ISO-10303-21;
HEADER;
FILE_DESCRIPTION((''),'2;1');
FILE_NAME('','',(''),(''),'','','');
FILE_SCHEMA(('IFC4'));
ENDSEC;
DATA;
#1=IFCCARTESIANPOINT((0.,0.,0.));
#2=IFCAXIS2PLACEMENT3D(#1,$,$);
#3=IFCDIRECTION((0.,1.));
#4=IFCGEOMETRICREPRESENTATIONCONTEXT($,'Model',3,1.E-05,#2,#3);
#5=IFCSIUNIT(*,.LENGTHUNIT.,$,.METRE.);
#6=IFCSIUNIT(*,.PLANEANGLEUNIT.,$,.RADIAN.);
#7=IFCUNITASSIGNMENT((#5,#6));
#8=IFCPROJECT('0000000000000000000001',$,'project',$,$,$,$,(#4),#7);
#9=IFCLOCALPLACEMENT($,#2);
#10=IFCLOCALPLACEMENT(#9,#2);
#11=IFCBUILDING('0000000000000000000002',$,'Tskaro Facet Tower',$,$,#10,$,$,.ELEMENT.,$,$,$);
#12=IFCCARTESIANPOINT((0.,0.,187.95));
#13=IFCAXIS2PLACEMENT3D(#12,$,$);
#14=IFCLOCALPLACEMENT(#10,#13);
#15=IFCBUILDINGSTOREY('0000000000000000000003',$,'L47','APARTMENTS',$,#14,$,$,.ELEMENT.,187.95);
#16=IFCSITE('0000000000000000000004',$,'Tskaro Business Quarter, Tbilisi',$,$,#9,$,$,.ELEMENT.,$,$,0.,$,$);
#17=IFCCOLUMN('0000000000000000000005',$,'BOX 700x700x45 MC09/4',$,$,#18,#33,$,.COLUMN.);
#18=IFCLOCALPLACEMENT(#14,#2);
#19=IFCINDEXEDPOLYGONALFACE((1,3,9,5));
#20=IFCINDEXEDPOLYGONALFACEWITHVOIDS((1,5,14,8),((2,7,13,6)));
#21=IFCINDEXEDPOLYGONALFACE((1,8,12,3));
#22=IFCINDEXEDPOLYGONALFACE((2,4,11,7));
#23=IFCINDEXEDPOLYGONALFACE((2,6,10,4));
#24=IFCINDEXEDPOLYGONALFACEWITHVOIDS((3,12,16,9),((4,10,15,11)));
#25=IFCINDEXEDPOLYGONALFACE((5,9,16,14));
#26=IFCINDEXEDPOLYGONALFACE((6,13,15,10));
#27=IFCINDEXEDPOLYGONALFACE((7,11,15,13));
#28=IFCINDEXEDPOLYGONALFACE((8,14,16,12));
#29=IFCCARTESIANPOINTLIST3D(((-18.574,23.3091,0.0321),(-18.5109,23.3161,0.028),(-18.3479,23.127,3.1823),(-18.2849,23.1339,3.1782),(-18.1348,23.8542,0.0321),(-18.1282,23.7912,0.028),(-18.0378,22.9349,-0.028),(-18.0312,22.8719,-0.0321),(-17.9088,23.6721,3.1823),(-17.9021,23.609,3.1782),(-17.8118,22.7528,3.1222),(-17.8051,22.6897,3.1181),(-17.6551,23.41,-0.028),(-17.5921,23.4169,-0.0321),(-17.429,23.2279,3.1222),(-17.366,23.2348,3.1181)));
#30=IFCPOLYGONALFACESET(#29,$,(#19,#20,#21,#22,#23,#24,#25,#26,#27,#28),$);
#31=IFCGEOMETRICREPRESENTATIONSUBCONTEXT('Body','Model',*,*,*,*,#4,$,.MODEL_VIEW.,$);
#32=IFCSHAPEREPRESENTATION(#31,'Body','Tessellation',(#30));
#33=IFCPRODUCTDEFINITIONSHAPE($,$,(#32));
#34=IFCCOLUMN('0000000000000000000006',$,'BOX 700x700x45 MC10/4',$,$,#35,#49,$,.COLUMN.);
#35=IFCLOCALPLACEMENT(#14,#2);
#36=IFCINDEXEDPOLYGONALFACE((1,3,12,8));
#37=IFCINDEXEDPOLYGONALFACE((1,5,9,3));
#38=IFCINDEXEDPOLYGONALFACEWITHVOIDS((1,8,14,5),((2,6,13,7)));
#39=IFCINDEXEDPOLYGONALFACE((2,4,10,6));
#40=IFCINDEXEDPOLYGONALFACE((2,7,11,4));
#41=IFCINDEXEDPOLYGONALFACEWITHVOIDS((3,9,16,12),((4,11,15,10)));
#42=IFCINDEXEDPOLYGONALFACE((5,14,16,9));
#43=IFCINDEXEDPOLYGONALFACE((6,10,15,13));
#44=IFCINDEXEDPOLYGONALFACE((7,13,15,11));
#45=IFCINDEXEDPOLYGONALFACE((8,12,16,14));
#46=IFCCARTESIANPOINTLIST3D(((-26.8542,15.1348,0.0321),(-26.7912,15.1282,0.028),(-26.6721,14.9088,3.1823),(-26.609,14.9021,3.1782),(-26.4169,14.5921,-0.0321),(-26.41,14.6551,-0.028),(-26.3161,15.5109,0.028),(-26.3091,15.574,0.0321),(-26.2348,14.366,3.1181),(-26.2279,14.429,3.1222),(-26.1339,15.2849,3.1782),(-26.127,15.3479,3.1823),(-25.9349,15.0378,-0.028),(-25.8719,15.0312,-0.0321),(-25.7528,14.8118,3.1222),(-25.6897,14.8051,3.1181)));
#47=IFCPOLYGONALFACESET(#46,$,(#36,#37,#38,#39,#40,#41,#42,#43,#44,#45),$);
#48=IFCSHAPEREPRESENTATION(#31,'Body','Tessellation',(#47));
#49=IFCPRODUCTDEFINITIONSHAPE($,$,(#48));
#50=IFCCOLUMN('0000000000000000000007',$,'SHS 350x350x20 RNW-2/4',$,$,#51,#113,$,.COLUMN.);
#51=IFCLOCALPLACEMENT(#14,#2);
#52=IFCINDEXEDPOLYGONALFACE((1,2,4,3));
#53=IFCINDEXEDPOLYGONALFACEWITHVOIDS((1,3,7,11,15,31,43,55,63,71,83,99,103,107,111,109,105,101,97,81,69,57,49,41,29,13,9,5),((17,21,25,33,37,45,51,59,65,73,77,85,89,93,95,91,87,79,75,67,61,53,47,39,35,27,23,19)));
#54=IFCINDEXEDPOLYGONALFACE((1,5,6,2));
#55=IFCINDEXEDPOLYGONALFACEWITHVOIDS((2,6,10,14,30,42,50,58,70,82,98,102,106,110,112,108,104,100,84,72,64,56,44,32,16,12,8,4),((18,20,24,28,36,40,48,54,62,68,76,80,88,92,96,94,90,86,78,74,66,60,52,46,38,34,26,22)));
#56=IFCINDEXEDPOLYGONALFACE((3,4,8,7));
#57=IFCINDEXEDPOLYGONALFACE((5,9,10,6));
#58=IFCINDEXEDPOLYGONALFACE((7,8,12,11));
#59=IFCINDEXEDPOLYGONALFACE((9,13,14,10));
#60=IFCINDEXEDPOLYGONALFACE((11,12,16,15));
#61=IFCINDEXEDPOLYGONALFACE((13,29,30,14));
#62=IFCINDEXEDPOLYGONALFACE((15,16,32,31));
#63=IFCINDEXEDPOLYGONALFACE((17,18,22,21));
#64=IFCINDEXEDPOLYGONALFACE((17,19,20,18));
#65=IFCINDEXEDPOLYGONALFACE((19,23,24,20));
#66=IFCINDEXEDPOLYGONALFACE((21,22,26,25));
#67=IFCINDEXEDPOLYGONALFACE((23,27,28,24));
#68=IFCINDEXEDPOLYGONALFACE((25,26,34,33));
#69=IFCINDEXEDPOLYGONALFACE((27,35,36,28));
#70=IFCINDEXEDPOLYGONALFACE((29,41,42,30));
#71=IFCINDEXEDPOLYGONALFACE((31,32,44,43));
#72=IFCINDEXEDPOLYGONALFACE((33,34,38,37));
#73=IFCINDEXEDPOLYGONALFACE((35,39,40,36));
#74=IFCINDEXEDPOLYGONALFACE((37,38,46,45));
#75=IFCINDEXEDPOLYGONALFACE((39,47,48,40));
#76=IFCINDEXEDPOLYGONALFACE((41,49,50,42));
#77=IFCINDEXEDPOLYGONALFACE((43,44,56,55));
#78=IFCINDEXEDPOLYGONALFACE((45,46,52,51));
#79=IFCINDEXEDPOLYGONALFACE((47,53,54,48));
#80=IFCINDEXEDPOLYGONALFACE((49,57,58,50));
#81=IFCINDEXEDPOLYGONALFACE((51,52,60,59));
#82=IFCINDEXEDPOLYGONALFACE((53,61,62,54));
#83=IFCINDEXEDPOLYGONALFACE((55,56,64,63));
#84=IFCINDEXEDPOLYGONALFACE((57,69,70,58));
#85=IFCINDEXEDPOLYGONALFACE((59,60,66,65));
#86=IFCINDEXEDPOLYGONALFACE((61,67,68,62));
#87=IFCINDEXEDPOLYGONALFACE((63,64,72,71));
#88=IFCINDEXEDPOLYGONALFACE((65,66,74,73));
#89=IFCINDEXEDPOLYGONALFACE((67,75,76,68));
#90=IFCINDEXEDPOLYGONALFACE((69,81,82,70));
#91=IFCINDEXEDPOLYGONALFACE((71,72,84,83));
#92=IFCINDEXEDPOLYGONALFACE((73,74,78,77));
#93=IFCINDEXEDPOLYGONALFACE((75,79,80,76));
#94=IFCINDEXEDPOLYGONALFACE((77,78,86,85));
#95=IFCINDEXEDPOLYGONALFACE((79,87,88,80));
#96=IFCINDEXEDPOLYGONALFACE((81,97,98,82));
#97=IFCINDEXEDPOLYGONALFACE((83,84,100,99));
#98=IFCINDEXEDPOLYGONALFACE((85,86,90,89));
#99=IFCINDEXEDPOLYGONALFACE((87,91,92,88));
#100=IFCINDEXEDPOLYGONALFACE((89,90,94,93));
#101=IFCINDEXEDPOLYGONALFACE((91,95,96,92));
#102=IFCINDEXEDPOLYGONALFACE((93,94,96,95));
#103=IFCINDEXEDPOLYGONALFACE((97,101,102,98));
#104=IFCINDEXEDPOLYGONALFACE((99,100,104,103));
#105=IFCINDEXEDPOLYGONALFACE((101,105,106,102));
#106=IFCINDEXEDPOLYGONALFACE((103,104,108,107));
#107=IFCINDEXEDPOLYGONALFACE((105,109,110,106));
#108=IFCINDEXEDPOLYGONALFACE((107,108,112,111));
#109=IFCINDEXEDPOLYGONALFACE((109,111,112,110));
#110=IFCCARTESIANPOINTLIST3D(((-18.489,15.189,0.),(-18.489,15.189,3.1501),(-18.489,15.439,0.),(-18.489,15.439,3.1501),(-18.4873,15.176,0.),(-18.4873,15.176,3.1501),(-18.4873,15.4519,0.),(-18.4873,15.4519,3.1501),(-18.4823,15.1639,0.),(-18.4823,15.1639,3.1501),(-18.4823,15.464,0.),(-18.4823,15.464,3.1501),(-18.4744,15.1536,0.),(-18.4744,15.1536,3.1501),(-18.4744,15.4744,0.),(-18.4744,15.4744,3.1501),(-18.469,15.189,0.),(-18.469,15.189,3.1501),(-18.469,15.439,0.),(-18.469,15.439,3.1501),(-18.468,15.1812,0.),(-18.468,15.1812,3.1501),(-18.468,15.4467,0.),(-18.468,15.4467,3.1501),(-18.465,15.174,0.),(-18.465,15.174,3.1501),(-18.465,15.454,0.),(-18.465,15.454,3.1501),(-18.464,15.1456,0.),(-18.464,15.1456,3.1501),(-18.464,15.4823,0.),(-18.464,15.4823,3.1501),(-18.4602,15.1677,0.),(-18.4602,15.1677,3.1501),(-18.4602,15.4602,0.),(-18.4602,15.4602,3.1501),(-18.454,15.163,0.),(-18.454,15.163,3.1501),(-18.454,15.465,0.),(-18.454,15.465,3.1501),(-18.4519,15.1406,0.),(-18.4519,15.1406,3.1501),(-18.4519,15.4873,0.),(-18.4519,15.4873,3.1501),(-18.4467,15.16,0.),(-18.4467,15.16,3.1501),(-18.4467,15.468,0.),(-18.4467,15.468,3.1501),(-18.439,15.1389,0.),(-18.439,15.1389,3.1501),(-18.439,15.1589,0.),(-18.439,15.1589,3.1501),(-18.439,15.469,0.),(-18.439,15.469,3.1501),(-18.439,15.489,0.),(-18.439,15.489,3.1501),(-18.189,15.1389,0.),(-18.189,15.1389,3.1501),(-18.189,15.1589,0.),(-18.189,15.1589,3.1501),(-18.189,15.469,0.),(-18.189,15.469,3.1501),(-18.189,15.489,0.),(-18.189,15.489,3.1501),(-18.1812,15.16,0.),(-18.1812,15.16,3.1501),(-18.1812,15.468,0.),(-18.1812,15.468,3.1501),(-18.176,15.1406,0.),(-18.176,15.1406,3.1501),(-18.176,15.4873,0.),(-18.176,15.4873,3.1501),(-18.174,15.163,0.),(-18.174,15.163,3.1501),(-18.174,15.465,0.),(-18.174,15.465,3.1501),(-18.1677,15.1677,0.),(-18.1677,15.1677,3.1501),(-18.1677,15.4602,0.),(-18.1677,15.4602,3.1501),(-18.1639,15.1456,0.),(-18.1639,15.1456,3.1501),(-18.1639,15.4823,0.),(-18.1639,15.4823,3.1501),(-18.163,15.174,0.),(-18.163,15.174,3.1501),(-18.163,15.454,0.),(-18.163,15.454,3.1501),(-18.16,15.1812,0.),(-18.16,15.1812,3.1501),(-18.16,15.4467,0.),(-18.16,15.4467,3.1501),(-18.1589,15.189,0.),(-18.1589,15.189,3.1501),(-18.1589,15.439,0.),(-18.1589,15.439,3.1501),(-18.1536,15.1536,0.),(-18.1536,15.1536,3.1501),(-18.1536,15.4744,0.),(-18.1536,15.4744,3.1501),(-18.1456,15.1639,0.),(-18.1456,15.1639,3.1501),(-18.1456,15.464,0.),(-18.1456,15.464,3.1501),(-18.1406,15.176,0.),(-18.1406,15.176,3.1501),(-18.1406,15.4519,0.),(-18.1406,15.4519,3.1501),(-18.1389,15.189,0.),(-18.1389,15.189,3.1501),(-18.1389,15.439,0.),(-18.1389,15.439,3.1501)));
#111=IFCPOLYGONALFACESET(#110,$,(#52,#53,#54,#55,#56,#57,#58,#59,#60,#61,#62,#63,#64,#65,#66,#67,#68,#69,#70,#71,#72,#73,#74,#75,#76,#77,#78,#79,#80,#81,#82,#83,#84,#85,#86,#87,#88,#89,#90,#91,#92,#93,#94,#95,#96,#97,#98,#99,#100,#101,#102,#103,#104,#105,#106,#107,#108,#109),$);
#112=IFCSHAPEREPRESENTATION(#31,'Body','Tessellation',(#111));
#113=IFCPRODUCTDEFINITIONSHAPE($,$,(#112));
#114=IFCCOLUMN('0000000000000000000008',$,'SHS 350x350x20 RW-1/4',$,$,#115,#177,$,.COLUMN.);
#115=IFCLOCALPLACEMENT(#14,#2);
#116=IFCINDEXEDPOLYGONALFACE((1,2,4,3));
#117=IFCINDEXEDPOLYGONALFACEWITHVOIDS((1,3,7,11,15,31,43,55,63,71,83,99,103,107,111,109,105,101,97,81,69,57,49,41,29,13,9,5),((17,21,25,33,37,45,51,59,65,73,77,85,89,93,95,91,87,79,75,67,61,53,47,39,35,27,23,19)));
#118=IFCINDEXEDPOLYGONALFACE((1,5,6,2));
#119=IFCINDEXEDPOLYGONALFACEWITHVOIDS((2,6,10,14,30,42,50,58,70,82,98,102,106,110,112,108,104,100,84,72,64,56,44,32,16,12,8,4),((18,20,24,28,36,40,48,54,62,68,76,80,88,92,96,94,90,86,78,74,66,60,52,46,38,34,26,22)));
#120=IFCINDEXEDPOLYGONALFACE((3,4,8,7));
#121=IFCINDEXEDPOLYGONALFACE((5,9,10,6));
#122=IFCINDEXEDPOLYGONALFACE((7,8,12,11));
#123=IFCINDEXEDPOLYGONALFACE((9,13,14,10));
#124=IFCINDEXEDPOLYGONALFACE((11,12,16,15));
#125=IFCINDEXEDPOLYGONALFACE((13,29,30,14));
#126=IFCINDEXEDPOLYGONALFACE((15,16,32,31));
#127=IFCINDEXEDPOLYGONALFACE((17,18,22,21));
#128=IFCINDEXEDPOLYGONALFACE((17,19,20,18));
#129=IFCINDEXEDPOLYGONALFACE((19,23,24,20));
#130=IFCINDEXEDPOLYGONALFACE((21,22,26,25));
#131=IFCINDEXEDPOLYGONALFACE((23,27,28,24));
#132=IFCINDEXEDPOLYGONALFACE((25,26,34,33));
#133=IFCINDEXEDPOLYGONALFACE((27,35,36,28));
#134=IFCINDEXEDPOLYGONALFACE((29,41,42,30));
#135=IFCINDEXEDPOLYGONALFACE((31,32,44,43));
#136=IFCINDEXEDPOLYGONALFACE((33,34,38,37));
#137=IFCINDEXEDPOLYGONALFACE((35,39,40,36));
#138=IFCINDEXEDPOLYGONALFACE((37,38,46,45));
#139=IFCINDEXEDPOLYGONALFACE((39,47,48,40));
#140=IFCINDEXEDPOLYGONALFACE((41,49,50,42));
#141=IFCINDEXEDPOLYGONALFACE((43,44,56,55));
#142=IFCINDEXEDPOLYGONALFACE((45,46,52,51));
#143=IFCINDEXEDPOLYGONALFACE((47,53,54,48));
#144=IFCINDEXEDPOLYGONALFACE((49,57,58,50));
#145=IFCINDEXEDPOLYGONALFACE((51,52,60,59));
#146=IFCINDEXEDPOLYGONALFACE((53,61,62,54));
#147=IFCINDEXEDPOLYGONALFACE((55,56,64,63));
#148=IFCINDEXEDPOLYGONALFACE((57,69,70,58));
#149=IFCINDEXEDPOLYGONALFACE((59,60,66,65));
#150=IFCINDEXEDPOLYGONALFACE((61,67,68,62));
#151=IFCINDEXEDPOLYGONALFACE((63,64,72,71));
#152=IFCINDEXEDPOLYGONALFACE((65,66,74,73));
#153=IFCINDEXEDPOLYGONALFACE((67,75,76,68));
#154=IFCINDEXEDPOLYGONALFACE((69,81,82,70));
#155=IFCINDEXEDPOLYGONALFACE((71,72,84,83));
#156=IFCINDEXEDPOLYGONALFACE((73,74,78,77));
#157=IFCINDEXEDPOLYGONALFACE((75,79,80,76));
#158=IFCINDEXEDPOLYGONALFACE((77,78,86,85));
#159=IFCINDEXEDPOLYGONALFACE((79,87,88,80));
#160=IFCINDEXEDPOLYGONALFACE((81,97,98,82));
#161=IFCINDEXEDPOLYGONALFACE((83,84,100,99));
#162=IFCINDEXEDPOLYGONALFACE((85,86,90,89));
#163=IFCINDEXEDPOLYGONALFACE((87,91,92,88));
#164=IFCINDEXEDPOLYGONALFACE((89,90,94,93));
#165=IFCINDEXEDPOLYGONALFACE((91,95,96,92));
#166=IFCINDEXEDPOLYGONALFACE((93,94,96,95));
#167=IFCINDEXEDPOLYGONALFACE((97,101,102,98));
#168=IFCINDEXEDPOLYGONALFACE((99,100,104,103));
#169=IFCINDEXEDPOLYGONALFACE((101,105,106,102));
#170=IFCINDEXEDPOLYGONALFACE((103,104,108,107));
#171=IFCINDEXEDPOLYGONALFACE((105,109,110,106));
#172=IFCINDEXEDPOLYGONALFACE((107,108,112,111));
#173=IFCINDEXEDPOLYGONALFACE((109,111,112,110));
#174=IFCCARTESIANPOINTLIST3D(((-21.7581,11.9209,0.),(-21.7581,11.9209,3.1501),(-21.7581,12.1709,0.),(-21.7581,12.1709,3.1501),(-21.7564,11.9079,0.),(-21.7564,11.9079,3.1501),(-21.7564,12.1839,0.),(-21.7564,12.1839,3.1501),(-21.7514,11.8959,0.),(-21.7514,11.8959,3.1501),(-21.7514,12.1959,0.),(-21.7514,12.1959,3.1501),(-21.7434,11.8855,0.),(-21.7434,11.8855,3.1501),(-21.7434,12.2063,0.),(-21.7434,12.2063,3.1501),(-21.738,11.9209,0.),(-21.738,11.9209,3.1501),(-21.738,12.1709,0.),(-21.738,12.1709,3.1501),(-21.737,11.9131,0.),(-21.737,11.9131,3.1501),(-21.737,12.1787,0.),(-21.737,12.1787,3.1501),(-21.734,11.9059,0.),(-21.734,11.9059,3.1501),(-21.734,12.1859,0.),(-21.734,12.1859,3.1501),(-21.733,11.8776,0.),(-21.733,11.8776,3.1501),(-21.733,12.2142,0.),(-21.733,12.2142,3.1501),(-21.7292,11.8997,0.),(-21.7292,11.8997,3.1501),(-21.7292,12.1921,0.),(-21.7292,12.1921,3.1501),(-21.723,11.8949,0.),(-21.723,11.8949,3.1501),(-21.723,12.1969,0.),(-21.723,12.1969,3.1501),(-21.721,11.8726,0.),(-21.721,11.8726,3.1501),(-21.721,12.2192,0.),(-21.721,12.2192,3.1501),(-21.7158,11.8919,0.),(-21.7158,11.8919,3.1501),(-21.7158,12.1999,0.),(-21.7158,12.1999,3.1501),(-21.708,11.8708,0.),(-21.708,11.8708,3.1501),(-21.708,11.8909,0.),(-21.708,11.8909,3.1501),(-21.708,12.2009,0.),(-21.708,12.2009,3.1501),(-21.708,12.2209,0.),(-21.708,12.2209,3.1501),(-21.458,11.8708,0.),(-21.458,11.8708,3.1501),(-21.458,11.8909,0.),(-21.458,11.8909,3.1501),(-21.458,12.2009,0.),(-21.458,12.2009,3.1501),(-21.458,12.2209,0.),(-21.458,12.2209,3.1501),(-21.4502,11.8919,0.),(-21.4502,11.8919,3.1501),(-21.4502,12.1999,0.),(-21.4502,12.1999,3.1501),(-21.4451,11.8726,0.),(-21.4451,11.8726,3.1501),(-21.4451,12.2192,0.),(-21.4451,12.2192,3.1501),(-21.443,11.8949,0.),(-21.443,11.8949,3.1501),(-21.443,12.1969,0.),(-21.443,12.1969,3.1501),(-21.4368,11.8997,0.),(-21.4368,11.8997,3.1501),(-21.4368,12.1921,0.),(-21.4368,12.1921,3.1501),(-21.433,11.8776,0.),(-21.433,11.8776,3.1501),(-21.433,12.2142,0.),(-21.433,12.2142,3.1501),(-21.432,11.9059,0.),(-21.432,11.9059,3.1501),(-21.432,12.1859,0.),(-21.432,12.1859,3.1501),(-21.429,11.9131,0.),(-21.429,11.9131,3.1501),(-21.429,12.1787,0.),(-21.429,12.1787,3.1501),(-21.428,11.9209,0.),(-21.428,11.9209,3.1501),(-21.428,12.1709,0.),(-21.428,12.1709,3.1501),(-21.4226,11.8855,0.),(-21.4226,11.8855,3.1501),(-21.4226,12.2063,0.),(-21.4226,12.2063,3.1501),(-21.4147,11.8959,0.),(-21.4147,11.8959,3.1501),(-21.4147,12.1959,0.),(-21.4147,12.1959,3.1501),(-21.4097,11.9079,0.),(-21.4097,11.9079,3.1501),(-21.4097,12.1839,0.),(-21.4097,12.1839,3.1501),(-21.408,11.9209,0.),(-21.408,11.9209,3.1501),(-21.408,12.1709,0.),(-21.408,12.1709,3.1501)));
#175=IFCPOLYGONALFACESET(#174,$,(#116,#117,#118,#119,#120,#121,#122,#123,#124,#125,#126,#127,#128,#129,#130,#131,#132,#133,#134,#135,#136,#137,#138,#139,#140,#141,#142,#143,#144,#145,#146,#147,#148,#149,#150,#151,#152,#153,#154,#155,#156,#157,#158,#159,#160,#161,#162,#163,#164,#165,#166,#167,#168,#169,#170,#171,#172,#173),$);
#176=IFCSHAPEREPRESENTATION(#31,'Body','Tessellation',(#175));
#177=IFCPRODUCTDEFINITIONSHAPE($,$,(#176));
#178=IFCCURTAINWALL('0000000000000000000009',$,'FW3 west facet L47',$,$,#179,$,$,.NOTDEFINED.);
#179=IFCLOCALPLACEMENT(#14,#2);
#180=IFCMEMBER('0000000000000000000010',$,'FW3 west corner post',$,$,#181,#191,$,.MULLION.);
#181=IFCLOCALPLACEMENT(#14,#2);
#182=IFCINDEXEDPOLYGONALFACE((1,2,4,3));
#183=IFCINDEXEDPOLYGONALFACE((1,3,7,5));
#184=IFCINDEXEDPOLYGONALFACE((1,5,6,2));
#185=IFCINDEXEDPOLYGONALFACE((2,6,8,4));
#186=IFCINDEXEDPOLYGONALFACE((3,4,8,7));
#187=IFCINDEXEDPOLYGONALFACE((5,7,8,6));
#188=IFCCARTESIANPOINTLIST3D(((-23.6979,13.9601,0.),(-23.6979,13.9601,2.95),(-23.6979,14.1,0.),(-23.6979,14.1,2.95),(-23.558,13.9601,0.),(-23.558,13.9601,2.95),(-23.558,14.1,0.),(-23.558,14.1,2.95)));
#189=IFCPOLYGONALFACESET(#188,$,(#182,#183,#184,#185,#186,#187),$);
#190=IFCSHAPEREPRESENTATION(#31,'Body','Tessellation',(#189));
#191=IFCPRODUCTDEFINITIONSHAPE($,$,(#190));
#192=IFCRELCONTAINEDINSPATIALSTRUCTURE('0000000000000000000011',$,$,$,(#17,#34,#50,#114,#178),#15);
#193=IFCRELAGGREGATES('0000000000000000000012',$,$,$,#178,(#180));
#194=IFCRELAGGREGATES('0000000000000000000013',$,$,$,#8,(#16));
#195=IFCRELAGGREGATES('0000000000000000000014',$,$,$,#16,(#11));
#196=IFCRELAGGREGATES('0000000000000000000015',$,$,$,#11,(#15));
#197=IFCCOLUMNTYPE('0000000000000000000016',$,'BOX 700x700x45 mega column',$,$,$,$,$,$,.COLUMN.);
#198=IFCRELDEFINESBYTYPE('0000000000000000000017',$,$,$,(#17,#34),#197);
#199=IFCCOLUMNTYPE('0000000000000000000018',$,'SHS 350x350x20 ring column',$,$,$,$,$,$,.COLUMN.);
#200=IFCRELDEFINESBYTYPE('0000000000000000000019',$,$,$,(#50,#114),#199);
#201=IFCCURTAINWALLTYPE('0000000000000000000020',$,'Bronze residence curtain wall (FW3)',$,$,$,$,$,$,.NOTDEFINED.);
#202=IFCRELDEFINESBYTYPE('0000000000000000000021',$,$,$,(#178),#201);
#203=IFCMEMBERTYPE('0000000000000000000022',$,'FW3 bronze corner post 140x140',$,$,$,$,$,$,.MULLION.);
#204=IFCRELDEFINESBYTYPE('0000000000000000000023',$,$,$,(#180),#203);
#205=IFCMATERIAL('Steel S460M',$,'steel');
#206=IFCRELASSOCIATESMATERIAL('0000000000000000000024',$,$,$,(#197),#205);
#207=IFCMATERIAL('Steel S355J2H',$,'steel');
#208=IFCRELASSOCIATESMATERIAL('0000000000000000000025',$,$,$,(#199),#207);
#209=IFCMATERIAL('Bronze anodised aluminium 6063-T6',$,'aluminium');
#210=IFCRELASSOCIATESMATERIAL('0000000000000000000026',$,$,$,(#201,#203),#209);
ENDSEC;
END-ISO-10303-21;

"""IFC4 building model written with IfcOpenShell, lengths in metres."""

from ifc_helpers import new_model, si_unit, direction, frame, origin, origin_2d, place, context, subcontext, project, spatial, rectangle, hollow_rectangle, extrude, material, material_profile, profile_set, type_object, element, aggregate, save


model = new_model("IFC4")

# Units and contexts
model_context = context("Model", 3, precision=1e-05, world=origin(), true_north=direction((0.0, 1.0)))
body_context = subcontext(model_context, "Body", "Model", "MODEL_VIEW")
ifc_project = project(units=[si_unit("LENGTHUNIT", "METRE"), si_unit("PLANEANGLEUNIT", "RADIAN")], contexts=[model_context])

# Site, building, storey
site_placement = place(None, origin())
site = spatial("IfcSite", under=ifc_project, at=site_placement, Name="Tskaro Business Quarter, Tbilisi", CompositionType="ELEMENT", RefElevation=0.0)
building_placement = place(site_placement, origin())
building = spatial("IfcBuilding", under=site, at=building_placement, Name="Tskaro Facet Tower", CompositionType="ELEMENT")
storey_placement = place(building_placement, frame((0.0, 0.0, 187.95)))
storey = spatial("IfcBuildingStorey", under=building, at=storey_placement, Name="L47", Description="APARTMENTS", CompositionType="ELEMENT", Elevation=187.95)

# Columns
ifc_material_1 = material(Name="Steel S460M", Category="steel")
ifc_material_profile_1 = material_profile(ifc_material_1, hollow_rectangle(XDim=0.7, YDim=0.7, WallThickness=0.0449, at=origin_2d()), Name="BOX 700x700x45")
ifc_profile_set_1 = profile_set([ifc_material_profile_1], Name="Steel S460M")
column_type_1 = type_object("IfcColumnType", Name="BOX 700x700x45 mega column", PredefinedType="COLUMN", material=ifc_profile_set_1)
for number, where, z_axis, x_axis, name in (
    (1, (-18.083, 23.363, 0.0), (0.071463, -0.057572, 0.99578), (0.627358, 0.778731, 0.0), "BOX 700x700x45 MC09/4"),
    (2, (-26.363, 15.083, 0.0), (0.057572, -0.071463, 0.99578), (0.778731, 0.627358, 0.0), "BOX 700x700x45 MC10/4"),
):
    element("IfcColumn", number, at=place(storey_placement, frame(where, z_axis=z_axis, x_axis=x_axis)), inside=storey, type_object=column_type_1, Name=name, PredefinedType="COLUMN", context=body_context, shape_type="SweptSolid", body=[
        extrude(hollow_rectangle(XDim=0.7, YDim=0.7, WallThickness=0.0449, at=origin_2d()), origin(), (0.0, 0.0, 1.0), 3.1636),
    ])
ifc_material_2 = material(Name="Steel S355J2H", Category="steel")
ifc_material_profile_2 = material_profile(ifc_material_2, hollow_rectangle(XDim=0.3501, YDim=0.3501, WallThickness=0.02, InnerFilletRadius=0.03, OuterFilletRadius=0.05, at=origin_2d()), Name="SHS 350x350x20")
ifc_profile_set_2 = profile_set([ifc_material_profile_2], Name="Steel S355J2H")
column_type_2 = type_object("IfcColumnType", Name="SHS 350x350x20 ring column", PredefinedType="COLUMN", material=ifc_profile_set_2)
for number, where, z_axis, x_axis, name in (
    (3, (-18.314, 15.314, 0.0), (0.0, 0.0, 1.0), (1.0, 0.0, 0.0), "SHS 350x350x20 RNW-2/4"),
    (4, (-21.583, 12.0459, 0.0), (0.0, 0.0, 1.0), (1.0, 0.0, 0.0), "SHS 350x350x20 RW-1/4"),
):
    element("IfcColumn", number, at=place(storey_placement, frame(where, z_axis=z_axis, x_axis=x_axis)), inside=storey, type_object=column_type_2, Name=name, PredefinedType="COLUMN", context=body_context, shape_type="SweptSolid", body=[
        extrude(hollow_rectangle(XDim=0.3501, YDim=0.3501, WallThickness=0.02, InnerFilletRadius=0.03, OuterFilletRadius=0.05, at=origin_2d()), origin(), (0.0, 0.0, 1.0), 3.1501),
    ])

# Curtain wall, member
ifc_material_3 = material(Name="Bronze anodised aluminium 6063-T6", Category="aluminium")
curtain_wall_type = type_object("IfcCurtainWallType", Name="Bronze residence curtain wall (FW3)", PredefinedType="NOTDEFINED", material=ifc_material_3)
curtain_wall_1_placement = place(storey_placement, origin())
curtain_wall_1 = element("IfcCurtainWall", 5, at=curtain_wall_1_placement, inside=storey, type_object=curtain_wall_type, Name="FW3 west facet L47", PredefinedType="NOTDEFINED")
ifc_material_profile_3 = material_profile(ifc_material_3, rectangle(XDim=0.1399, YDim=0.1399, at=origin_2d()), Name="Corner post 140x140")
ifc_profile_set_3 = profile_set([ifc_material_profile_3], Name="Bronze anodised aluminium 6063-T6")
member_type_1 = type_object("IfcMemberType", Name="FW3 bronze corner post 140x140", PredefinedType="MULLION", material=ifc_profile_set_3)
member_1_placement = place(storey_placement, frame((-23.6279, 14.03, 0.0), z_axis=(0.0, 0.0, 1.0), x_axis=(0.0, -1.0, 0.0)))
member_1 = element("IfcMember", 6, at=member_1_placement, type_object=member_type_1, Name="FW3 west corner post", PredefinedType="MULLION", context=body_context, shape_type="SweptSolid", body=[
    extrude(rectangle(XDim=0.1399, YDim=0.1399, at=origin_2d()), origin(), (0.0, 0.0, 1.0), 2.95),
])

aggregate(curtain_wall_1, [member_1])

save(model, "model.ifc")
